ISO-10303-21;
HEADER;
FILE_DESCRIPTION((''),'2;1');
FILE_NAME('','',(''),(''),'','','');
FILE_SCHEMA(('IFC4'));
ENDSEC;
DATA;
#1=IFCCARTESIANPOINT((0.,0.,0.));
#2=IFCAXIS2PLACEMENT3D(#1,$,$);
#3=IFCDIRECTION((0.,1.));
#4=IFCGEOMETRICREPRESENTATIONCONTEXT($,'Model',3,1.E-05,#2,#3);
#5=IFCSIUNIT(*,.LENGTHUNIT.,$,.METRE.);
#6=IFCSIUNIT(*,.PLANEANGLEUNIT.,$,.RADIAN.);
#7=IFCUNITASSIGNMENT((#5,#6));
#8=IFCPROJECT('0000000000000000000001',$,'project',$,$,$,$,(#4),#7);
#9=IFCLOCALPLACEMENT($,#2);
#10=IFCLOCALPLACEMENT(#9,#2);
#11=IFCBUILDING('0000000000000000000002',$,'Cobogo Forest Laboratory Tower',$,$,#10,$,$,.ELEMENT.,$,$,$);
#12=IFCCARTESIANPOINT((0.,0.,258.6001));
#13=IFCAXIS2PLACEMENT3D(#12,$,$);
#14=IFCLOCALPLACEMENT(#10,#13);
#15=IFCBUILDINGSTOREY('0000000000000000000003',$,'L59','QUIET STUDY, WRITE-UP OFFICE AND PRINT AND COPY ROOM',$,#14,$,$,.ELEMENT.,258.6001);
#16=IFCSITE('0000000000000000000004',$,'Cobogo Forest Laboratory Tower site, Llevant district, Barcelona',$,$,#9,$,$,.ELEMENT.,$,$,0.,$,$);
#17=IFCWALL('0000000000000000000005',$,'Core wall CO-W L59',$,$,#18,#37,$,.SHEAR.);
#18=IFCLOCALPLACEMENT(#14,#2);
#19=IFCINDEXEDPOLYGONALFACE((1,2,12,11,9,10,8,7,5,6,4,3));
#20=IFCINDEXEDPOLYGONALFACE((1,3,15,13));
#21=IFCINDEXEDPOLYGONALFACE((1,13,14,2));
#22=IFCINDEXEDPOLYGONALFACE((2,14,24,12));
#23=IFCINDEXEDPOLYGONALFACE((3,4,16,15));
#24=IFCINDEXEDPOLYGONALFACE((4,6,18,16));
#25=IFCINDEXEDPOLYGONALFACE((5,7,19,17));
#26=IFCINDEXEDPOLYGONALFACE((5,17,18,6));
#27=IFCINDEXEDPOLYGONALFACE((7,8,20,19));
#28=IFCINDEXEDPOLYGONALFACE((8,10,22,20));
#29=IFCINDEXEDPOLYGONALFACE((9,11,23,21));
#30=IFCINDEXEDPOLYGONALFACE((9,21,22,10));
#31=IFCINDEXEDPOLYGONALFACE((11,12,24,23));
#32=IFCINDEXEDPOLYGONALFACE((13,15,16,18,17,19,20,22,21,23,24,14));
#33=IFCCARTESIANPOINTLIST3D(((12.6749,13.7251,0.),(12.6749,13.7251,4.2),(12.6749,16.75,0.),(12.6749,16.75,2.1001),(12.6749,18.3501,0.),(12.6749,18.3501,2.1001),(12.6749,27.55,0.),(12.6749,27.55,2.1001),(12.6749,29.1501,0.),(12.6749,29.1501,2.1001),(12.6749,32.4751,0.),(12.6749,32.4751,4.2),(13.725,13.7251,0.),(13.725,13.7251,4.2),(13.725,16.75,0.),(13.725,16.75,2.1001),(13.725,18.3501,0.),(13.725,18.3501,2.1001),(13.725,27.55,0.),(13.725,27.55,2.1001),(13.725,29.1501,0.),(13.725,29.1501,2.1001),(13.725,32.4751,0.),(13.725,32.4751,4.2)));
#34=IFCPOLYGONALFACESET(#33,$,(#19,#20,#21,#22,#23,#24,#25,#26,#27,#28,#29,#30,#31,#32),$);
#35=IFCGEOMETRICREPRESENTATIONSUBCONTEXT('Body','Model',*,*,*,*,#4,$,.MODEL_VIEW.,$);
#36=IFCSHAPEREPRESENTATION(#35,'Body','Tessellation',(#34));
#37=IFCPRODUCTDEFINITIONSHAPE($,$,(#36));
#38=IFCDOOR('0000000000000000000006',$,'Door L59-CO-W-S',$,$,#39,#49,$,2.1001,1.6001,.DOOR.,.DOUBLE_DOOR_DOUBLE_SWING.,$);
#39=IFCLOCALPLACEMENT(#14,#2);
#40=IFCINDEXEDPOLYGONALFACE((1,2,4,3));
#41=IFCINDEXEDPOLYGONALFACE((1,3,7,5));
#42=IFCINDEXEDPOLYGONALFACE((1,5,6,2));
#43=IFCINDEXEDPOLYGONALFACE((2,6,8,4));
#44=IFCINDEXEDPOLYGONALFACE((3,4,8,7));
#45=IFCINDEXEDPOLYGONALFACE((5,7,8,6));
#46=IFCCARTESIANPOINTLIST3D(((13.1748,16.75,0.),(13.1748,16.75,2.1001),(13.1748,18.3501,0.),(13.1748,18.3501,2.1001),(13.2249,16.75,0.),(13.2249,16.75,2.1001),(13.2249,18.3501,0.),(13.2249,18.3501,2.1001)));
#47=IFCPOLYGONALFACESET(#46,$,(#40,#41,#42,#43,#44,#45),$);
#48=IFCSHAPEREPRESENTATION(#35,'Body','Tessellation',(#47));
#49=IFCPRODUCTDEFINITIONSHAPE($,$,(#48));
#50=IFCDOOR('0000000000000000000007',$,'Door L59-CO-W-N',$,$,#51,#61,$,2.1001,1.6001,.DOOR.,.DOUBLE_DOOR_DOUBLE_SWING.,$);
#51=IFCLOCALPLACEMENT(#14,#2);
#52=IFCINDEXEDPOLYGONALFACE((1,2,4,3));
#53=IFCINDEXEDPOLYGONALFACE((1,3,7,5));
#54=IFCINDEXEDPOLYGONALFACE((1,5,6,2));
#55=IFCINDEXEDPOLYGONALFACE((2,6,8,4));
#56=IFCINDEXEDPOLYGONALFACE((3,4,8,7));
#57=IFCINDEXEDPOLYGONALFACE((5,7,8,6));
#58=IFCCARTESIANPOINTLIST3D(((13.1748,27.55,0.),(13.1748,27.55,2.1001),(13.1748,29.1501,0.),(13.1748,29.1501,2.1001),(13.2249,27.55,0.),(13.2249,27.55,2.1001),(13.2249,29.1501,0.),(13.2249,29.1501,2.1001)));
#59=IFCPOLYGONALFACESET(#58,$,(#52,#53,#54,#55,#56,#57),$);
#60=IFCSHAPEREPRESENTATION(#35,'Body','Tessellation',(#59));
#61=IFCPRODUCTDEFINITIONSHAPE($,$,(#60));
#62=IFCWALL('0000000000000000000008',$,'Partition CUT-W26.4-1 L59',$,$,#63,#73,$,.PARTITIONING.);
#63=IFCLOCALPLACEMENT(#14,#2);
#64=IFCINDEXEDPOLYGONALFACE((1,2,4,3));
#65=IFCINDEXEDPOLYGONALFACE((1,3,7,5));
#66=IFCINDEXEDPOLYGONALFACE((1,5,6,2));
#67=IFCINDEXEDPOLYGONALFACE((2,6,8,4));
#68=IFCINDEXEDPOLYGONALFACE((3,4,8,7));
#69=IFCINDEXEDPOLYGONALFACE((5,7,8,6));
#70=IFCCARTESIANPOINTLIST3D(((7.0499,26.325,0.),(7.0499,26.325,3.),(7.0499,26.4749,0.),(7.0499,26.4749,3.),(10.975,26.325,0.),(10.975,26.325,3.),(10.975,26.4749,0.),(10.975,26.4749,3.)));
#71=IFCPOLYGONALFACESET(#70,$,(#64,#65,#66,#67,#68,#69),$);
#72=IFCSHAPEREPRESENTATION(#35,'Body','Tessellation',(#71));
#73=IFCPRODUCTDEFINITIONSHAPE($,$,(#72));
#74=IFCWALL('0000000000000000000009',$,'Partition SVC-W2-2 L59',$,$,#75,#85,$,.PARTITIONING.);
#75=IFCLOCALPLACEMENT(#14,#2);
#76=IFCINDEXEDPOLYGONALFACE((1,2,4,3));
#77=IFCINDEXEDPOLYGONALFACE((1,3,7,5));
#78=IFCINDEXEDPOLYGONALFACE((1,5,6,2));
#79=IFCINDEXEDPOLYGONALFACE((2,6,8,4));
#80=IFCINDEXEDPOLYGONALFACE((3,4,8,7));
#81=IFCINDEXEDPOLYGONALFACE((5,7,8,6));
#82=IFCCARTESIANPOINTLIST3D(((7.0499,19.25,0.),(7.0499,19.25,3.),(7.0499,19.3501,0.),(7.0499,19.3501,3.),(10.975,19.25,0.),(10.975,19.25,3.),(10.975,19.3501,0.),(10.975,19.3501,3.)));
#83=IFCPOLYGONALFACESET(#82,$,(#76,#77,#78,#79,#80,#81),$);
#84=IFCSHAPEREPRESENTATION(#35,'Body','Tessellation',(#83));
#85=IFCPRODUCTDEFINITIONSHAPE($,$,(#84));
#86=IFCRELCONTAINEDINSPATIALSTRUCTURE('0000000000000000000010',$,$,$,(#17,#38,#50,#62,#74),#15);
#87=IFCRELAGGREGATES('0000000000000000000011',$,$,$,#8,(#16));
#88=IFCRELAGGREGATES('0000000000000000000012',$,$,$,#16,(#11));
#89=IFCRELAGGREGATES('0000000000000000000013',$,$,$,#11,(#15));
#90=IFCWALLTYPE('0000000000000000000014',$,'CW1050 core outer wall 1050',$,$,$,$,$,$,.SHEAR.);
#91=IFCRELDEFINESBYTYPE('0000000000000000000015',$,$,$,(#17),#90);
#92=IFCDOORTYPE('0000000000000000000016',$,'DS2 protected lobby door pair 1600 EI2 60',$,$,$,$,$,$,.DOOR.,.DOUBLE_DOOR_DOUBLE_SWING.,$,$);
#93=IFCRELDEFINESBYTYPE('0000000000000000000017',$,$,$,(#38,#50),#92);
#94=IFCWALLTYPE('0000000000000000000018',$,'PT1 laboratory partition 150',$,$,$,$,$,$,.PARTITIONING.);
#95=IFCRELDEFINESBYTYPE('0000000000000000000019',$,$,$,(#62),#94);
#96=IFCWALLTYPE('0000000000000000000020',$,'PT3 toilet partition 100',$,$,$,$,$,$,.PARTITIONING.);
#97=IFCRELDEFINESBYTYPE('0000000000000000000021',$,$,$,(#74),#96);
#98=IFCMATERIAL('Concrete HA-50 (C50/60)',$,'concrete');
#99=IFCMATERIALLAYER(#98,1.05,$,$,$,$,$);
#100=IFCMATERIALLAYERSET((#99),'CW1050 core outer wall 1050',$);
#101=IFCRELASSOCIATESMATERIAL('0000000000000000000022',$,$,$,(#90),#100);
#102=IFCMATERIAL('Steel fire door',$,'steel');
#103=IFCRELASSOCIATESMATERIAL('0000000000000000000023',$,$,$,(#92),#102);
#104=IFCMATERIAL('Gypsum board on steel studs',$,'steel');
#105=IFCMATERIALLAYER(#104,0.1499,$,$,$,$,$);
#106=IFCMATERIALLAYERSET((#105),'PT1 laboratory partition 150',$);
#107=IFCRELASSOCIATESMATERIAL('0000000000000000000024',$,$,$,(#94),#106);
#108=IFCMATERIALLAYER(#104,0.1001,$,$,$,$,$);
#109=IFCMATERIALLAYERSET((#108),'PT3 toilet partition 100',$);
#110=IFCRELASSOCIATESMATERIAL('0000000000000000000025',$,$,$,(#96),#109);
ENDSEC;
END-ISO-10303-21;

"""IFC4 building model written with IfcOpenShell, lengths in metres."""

from ifc_helpers import new_model, si_unit, direction, frame, frame_2d, origin, place, context, subcontext, project, spatial, rectangle, extrude, material, layer, layer_set, type_object, element, fill, save


model = new_model("IFC4")

# Units and contexts
model_context = context("Model", 3, precision=1e-05, world=origin(), true_north=direction((0.0, 1.0)))
body_context = subcontext(model_context, "Body", "Model", "MODEL_VIEW")
ifc_project = project(units=[si_unit("LENGTHUNIT", "METRE"), si_unit("PLANEANGLEUNIT", "RADIAN")], contexts=[model_context])

# Site, building, storey
site_placement = place(None, origin())
site = spatial("IfcSite", under=ifc_project, at=site_placement, Name="Cobogo Forest Laboratory Tower site, Llevant district, Barcelona", CompositionType="ELEMENT", RefElevation=0.0)
building_placement = place(site_placement, origin())
building = spatial("IfcBuilding", under=site, at=building_placement, Name="Cobogo Forest Laboratory Tower", CompositionType="ELEMENT")
storey_placement = place(building_placement, frame((0.0, 0.0, 258.6001)))
storey = spatial("IfcBuildingStorey", under=building, at=storey_placement, Name="L59", Description="QUIET STUDY, WRITE-UP OFFICE AND PRINT AND COPY ROOM", CompositionType="ELEMENT", Elevation=258.6001)

# Shared definitions
ifc_material_1 = material(Name="Concrete HA-50 (C50/60)", Category="concrete")

# Shared definitions
ifc_material_2 = material(Name="Steel fire door", Category="steel")

# Wall, openings, doors
ifc_layer_1 = layer(ifc_material_1, 1.05)
ifc_layer_set_1 = layer_set([ifc_layer_1], Name="CW1050 core outer wall 1050")
wall_type_1 = type_object("IfcWallType", Name="CW1050 core outer wall 1050", PredefinedType="SHEAR", material=ifc_layer_set_1)
wall_1_placement = place(storey_placement, frame((13.2, 32.4751, 0.0), z_axis=(0.0, 0.0, 1.0), x_axis=(0.0, -1.0, 0.0)))
wall_1 = element("IfcWall", 1, at=wall_1_placement, inside=storey, type_object=wall_type_1, Name="Core wall CO-W L59", PredefinedType="SHEAR", context=body_context, shape_type="SweptSolid", body=[
    extrude(rectangle(XDim=18.75, YDim=1.05, at=frame_2d((9.375, 0.0))), origin(), (0.0, 0.0, 1.0), 4.2),
])
opening_1_placement = place(wall_1_placement, frame((14.125, 0.0, 0.0)))
opening_1 = element("IfcOpeningElement", 2, at=opening_1_placement, cuts=wall_1, PredefinedType="OPENING", context=body_context, shape_type="SweptSolid", body=[
    extrude(rectangle(XDim=1.6001, YDim=2.1001, at=frame_2d((0.8, 1.05))), frame((0.0, 0.5349, 0.0), z_axis=(0.0, -1.0, 0.0), x_axis=(1.0, 0.0, 0.0)), (0.0, 0.0, 1.0), 1.0701),
])
opening_2_placement = place(wall_1_placement, frame((3.325, 0.0, 0.0)))
opening_2 = element("IfcOpeningElement", 3, at=opening_2_placement, cuts=wall_1, PredefinedType="OPENING", context=body_context, shape_type="SweptSolid", body=[
    extrude(rectangle(XDim=1.6001, YDim=2.1001, at=frame_2d((0.8, 1.05))), frame((0.0, 0.5349, 0.0), z_axis=(0.0, -1.0, 0.0), x_axis=(1.0, 0.0, 0.0)), (0.0, 0.0, 1.0), 1.0701),
])
door_type_1 = type_object("IfcDoorType", Name="DS2 protected lobby door pair 1600 EI2 60", OperationType="DOUBLE_DOOR_DOUBLE_SWING", PredefinedType="DOOR", material=ifc_material_2)
door_1_placement = place(opening_1_placement, origin())
door_1 = element("IfcDoor", 4, at=door_1_placement, inside=storey, type_object=door_type_1, Name="Door L59-CO-W-S", OperationType="DOUBLE_DOOR_DOUBLE_SWING", OverallHeight=2.1001, OverallWidth=1.6001, PredefinedType="DOOR", context=body_context, shape_type="SweptSolid", body=[
    extrude(rectangle(XDim=1.6001, YDim=2.1001, at=frame_2d((0.8, 1.05))), frame((0.0, 0.0249, 0.0), z_axis=(0.0, -1.0, 0.0), x_axis=(1.0, 0.0, 0.0)), (0.0, 0.0, 1.0), 0.05),
])
fill(opening_1, door_1)
door_2_placement = place(opening_2_placement, origin())
door_2 = element("IfcDoor", 5, at=door_2_placement, inside=storey, type_object=door_type_1, Name="Door L59-CO-W-N", OperationType="DOUBLE_DOOR_DOUBLE_SWING", OverallHeight=2.1001, OverallWidth=1.6001, PredefinedType="DOOR", context=body_context, shape_type="SweptSolid", body=[
    extrude(rectangle(XDim=1.6001, YDim=2.1001, at=frame_2d((0.8, 1.05))), frame((0.0, 0.0249, 0.0), z_axis=(0.0, -1.0, 0.0), x_axis=(1.0, 0.0, 0.0)), (0.0, 0.0, 1.0), 0.05),
])
fill(opening_2, door_2)

# Walls
ifc_material_3 = material(Name="Gypsum board on steel studs", Category="steel")
ifc_layer_2 = layer(ifc_material_3, 0.1499)
ifc_layer_set_2 = layer_set([ifc_layer_2], Name="PT1 laboratory partition 150")
wall_type_2 = type_object("IfcWallType", Name="PT1 laboratory partition 150", PredefinedType="PARTITIONING", material=ifc_layer_set_2)
wall_2_placement = place(storey_placement, frame((7.05, 26.3999, 0.0), z_axis=(0.0, 0.0, 1.0), x_axis=(1.0, 0.0, 0.0)))
element("IfcWall", 6, at=wall_2_placement, inside=storey, type_object=wall_type_2, Name="Partition CUT-W26.4-1 L59", PredefinedType="PARTITIONING", context=body_context, shape_type="SweptSolid", body=[
    extrude(rectangle(XDim=3.925, YDim=0.1499, at=frame_2d((1.9624, 0.0))), origin(), (0.0, 0.0, 1.0), 3.0),
])
ifc_layer_3 = layer(ifc_material_3, 0.1001)
ifc_layer_set_3 = layer_set([ifc_layer_3], Name="PT3 toilet partition 100")
wall_type_3 = type_object("IfcWallType", Name="PT3 toilet partition 100", PredefinedType="PARTITIONING", material=ifc_layer_set_3)
wall_3_placement = place(storey_placement, frame((7.05, 19.3, 0.0), z_axis=(0.0, 0.0, 1.0), x_axis=(1.0, 0.0, 0.0)))
element("IfcWall", 7, at=wall_3_placement, inside=storey, type_object=wall_type_3, Name="Partition SVC-W2-2 L59", PredefinedType="PARTITIONING", context=body_context, shape_type="SweptSolid", body=[
    extrude(rectangle(XDim=3.925, YDim=0.1001, at=frame_2d((1.9624, 0.0))), origin(), (0.0, 0.0, 1.0), 3.0),
])

save(model, "model.ifc")
